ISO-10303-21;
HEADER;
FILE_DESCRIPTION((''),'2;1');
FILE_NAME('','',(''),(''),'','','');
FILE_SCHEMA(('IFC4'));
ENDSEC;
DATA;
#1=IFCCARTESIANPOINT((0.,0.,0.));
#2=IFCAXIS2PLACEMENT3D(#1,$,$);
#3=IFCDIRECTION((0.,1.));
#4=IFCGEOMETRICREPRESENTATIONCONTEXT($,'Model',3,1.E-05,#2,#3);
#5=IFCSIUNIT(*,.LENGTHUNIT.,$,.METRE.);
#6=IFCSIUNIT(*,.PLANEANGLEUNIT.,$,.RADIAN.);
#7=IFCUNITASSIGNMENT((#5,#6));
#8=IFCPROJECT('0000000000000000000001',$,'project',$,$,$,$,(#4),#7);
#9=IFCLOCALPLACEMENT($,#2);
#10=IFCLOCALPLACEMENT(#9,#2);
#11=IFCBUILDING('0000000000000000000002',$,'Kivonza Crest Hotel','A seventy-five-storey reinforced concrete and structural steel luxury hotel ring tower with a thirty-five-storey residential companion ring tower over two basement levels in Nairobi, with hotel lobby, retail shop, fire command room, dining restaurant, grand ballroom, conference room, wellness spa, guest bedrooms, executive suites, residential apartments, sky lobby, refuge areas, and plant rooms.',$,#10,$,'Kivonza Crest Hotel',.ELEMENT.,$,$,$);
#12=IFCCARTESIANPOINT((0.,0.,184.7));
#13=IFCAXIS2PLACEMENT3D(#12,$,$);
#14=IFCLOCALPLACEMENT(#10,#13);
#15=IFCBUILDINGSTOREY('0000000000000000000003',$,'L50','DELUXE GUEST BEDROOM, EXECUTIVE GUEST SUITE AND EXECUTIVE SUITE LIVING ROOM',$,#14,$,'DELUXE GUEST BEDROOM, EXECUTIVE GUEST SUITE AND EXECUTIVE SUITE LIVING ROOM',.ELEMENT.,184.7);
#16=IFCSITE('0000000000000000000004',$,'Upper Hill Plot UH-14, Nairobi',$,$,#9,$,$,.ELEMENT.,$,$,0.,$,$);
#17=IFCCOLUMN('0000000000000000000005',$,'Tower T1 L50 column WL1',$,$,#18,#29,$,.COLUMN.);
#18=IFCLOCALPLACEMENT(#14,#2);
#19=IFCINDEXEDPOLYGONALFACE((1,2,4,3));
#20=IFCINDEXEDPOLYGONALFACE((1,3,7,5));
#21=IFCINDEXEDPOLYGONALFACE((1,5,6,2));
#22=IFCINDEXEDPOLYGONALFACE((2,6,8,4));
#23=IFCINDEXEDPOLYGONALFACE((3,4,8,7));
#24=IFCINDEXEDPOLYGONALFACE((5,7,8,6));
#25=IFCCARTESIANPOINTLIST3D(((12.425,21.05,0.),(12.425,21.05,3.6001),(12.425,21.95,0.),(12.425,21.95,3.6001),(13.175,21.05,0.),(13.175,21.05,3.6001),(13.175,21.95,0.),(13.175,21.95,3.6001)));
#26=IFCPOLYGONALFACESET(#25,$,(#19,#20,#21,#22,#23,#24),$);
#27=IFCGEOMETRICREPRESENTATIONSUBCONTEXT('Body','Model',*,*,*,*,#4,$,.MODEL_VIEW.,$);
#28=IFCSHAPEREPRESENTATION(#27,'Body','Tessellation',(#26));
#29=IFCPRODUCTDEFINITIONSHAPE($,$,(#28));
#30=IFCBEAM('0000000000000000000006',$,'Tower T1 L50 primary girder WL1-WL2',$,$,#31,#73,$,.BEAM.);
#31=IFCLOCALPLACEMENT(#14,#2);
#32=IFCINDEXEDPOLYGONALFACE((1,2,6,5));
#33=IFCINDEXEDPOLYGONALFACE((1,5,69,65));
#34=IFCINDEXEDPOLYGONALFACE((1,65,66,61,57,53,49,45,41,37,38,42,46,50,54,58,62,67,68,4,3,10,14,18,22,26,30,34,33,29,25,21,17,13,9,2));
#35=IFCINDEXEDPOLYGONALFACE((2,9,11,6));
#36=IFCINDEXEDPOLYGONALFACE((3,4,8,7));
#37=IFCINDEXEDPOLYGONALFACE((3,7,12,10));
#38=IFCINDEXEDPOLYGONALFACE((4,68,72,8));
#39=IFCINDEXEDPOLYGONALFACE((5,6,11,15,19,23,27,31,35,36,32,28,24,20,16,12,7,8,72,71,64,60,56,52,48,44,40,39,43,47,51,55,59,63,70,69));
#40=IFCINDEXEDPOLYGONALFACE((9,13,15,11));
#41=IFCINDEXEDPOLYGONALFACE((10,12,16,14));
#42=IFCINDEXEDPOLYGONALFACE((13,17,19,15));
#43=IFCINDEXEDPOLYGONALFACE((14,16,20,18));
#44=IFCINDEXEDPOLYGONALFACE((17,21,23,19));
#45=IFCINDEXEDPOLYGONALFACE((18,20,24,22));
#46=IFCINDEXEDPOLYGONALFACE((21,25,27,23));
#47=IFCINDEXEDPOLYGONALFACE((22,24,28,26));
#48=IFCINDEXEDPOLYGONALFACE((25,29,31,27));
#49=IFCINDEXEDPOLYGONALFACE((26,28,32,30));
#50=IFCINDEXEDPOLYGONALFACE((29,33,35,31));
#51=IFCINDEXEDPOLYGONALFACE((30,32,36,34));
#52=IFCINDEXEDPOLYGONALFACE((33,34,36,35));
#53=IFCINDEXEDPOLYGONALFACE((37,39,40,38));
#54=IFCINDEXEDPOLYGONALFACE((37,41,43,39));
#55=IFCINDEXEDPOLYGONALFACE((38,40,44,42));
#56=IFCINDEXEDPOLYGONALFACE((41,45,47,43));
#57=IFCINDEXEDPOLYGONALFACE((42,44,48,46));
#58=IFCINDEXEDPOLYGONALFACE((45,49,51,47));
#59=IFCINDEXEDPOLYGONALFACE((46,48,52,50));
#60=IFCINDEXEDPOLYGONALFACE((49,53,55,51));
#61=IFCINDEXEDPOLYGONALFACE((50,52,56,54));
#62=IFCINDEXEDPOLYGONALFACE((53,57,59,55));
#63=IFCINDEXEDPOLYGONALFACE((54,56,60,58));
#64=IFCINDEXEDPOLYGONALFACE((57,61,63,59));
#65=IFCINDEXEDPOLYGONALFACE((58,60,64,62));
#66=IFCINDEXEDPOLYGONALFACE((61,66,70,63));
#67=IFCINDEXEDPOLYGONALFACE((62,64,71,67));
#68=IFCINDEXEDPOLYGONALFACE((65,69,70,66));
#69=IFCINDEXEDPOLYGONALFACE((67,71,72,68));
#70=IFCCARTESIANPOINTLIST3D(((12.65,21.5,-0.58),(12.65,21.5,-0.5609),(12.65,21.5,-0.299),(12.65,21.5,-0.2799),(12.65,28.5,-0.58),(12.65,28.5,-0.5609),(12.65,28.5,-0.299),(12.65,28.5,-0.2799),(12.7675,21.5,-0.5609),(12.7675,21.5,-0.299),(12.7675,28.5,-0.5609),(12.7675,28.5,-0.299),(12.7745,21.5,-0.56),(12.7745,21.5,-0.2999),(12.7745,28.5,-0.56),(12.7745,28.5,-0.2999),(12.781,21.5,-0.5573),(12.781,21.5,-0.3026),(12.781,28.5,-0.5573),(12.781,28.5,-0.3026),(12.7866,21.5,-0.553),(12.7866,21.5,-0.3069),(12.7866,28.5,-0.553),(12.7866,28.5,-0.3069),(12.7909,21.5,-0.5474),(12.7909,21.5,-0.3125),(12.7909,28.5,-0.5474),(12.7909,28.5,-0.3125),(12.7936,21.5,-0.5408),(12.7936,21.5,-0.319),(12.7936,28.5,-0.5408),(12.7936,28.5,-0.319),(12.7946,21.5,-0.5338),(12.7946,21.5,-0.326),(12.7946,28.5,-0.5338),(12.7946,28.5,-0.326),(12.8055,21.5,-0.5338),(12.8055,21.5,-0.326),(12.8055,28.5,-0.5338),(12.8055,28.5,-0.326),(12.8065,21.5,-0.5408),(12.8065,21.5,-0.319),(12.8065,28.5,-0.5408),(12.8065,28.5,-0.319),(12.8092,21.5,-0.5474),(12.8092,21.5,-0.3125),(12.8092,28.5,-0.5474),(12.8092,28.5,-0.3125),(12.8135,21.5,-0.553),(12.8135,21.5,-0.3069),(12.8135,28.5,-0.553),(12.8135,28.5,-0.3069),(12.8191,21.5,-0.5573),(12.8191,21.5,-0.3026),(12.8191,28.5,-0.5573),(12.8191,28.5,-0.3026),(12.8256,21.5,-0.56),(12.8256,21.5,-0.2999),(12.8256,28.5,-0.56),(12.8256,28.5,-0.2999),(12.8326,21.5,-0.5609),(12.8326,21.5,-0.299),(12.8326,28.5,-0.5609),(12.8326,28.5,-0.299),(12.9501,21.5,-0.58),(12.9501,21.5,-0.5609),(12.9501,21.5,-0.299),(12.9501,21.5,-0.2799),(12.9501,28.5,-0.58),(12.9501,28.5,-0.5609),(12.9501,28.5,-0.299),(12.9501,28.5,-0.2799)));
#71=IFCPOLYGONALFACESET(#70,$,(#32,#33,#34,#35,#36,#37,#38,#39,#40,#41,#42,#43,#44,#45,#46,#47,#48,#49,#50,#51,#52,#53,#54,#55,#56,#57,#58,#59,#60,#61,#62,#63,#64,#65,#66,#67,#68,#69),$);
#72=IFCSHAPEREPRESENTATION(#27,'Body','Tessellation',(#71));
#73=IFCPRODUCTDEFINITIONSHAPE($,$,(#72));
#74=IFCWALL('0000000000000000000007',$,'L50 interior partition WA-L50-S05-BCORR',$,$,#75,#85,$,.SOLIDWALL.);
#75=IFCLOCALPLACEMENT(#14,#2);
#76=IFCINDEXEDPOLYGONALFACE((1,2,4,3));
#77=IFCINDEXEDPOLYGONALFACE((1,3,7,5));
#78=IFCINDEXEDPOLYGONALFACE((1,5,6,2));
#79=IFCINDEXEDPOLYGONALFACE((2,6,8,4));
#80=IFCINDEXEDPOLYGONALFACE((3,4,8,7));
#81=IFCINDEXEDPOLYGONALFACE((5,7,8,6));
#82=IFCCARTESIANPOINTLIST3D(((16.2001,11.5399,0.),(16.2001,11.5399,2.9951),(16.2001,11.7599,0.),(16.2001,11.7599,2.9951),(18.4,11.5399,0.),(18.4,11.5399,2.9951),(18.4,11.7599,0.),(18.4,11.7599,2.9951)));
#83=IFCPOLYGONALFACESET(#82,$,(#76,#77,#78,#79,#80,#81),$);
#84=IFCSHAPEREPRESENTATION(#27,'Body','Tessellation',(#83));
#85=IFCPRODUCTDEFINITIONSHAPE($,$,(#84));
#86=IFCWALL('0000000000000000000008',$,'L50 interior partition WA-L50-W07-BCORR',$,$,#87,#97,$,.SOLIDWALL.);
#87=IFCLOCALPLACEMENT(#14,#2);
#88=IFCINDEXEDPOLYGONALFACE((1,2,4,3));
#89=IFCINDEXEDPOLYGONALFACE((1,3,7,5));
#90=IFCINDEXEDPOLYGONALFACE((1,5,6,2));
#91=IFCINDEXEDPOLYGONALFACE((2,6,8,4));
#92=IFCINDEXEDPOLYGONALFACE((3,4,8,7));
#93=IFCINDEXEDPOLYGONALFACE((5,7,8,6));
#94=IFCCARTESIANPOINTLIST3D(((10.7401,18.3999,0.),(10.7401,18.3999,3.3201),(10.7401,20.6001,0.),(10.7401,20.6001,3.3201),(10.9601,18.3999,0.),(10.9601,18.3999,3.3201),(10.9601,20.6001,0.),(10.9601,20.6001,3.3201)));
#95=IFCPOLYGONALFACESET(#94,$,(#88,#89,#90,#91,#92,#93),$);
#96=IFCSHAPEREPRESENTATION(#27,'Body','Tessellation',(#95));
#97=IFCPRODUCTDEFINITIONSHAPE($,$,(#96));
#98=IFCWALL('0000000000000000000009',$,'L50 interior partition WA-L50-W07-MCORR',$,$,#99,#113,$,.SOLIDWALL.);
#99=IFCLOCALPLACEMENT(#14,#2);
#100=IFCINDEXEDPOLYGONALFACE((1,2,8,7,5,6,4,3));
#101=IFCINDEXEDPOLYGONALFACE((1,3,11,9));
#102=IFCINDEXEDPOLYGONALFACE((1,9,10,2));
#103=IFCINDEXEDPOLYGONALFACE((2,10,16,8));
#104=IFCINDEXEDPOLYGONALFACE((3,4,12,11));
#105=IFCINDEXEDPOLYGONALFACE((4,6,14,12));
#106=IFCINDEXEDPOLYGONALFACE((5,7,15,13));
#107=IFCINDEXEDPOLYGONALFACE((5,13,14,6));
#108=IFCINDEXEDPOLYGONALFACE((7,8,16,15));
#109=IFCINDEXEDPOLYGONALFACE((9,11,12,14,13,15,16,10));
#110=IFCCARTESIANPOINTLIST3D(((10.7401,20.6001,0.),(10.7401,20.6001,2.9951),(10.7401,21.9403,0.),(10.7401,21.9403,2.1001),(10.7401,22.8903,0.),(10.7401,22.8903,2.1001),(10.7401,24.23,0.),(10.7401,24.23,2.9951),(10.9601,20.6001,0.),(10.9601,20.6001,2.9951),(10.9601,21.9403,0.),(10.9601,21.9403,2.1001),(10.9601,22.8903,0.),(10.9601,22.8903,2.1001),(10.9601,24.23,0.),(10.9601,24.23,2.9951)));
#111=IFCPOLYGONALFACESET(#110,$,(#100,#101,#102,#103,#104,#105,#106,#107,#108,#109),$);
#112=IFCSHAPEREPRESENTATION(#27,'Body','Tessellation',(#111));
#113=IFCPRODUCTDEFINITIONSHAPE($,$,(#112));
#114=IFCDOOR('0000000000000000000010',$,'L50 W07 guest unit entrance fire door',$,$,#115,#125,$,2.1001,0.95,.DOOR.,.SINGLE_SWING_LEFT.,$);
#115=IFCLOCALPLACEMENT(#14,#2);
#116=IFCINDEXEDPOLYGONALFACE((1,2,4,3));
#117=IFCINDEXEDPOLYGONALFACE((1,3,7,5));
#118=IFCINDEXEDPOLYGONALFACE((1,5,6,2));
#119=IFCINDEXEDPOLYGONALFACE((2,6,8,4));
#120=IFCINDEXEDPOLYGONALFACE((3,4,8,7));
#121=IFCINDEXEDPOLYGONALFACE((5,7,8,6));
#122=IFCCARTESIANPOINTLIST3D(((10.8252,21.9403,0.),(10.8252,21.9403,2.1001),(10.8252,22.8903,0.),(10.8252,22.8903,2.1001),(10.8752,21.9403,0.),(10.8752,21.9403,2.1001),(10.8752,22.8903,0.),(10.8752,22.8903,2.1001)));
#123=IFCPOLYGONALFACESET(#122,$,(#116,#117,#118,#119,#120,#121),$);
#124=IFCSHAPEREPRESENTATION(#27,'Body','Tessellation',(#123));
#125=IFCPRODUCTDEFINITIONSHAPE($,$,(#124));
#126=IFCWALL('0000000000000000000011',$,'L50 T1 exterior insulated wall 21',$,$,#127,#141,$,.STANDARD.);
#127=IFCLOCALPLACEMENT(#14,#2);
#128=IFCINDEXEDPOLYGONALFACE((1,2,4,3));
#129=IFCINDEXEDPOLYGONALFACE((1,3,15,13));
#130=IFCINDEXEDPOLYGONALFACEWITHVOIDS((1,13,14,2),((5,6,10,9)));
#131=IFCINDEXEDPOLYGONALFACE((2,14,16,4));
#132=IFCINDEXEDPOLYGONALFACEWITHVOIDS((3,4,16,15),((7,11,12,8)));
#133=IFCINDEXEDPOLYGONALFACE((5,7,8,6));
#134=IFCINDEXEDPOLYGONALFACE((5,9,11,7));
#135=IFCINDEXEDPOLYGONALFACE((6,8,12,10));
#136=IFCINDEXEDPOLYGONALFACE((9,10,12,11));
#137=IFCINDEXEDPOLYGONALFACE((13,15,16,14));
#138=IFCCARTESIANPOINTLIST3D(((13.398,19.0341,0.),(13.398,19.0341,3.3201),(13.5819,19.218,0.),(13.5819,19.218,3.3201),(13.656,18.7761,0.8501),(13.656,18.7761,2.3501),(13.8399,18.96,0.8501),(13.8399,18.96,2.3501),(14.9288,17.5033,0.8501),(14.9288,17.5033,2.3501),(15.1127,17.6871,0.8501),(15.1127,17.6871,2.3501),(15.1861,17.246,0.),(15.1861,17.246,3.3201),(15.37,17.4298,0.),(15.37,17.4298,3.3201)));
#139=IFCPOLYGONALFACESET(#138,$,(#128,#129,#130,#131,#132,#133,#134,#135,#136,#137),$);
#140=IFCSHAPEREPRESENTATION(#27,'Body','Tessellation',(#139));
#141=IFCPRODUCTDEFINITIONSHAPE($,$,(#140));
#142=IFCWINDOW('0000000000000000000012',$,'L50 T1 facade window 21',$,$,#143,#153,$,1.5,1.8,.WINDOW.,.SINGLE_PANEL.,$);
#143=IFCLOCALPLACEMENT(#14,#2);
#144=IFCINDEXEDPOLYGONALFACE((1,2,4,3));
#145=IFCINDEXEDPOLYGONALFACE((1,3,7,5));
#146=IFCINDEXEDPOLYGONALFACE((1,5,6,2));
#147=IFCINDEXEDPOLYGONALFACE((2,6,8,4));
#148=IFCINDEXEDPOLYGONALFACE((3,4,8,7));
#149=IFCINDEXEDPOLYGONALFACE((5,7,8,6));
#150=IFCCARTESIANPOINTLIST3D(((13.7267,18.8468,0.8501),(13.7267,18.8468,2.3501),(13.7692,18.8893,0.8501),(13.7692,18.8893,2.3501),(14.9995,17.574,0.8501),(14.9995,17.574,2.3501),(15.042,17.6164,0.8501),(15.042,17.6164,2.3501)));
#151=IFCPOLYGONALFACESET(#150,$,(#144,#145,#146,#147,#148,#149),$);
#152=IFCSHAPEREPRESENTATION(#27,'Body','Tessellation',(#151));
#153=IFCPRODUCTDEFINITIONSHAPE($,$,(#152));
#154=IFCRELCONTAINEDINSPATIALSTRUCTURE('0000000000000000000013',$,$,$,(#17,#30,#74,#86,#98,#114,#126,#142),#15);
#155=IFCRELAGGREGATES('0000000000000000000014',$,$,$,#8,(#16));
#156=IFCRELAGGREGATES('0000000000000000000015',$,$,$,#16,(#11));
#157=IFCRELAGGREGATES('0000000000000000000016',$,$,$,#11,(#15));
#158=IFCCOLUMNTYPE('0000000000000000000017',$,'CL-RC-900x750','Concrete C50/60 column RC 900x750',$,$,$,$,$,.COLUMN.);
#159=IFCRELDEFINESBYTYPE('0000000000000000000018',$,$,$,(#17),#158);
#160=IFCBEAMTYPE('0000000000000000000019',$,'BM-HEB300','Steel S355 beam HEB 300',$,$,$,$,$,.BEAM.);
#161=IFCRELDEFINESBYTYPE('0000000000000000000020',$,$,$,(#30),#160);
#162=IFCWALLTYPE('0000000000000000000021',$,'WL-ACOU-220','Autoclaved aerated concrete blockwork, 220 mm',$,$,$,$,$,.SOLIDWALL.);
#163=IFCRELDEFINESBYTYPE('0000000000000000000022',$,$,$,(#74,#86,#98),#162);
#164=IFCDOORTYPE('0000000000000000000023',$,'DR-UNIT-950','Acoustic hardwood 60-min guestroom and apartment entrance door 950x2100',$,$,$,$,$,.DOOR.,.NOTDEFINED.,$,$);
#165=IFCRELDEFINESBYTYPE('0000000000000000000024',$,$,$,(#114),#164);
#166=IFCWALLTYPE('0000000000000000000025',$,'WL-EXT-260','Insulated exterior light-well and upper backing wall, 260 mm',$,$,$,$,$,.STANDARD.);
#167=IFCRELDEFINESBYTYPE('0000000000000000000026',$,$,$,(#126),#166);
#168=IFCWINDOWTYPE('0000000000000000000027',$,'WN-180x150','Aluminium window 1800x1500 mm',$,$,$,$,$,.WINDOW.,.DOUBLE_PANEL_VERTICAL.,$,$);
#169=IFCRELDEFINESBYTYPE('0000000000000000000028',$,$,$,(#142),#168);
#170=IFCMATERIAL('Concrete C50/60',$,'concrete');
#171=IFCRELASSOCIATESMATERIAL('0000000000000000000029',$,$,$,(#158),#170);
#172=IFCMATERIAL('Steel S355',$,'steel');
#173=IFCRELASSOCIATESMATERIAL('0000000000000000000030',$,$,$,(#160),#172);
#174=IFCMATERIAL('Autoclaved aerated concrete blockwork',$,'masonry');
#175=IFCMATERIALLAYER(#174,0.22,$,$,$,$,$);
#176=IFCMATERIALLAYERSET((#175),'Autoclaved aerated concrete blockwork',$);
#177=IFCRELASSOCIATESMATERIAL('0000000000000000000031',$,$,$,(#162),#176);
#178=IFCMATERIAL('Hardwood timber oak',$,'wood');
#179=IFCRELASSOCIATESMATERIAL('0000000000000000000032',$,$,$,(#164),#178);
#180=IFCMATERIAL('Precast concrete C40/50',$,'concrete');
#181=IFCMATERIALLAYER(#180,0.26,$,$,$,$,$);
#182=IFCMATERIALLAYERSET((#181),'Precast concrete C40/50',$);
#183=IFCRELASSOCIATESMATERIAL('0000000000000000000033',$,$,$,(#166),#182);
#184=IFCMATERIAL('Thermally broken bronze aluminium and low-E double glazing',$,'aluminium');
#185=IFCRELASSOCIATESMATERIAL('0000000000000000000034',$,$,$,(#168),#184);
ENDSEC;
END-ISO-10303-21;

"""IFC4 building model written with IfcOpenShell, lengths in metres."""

from ifc_helpers import new_model, si_unit, direction, frame, frame_2d, origin, origin_2d, place, context, subcontext, project, spatial, rectangle, i_section, extrude, material, layer, layer_set, material_profile, profile_set, type_object, element, fill, save


model = new_model("IFC4")

# Units and contexts
model_context = context("Model", 3, precision=1e-05, world=origin(), true_north=direction((0.0, 1.0)))
body_context = subcontext(model_context, "Body", "Model", "MODEL_VIEW")
ifc_project = project(units=[si_unit("LENGTHUNIT", "METRE"), si_unit("PLANEANGLEUNIT", "RADIAN")], contexts=[model_context])

# Site, building, storey
site_placement = place(None, origin())
site = spatial("IfcSite", under=ifc_project, at=site_placement, Name="Upper Hill Plot UH-14, Nairobi", CompositionType="ELEMENT", RefElevation=0.0)
building_placement = place(site_placement, origin())
building = spatial("IfcBuilding", under=site, at=building_placement, Name="Kivonza Crest Hotel", Description="A seventy-five-storey reinforced concrete and structural steel luxury hotel ring tower with a thirty-five-storey residential companion ring tower over two basement levels in Nairobi, with hotel lobby, retail shop, fire command room, dining restaurant, grand ballroom, conference room, wellness spa, guest bedrooms, executive suites, residential apartments, sky lobby, refuge areas, and plant rooms.", LongName="Kivonza Crest Hotel", CompositionType="ELEMENT")
storey_placement = place(building_placement, frame((0.0, 0.0, 184.7)))
storey = spatial("IfcBuildingStorey", under=building, at=storey_placement, Name="L50", Description="DELUXE GUEST BEDROOM, EXECUTIVE GUEST SUITE AND EXECUTIVE SUITE LIVING ROOM", LongName="DELUXE GUEST BEDROOM, EXECUTIVE GUEST SUITE AND EXECUTIVE SUITE LIVING ROOM", CompositionType="ELEMENT", Elevation=184.7)

# Column
ifc_material_1 = material(Name="Concrete C50/60", Category="concrete")
ifc_material_profile_1 = material_profile(ifc_material_1, rectangle(XDim=0.75, YDim=0.8999, at=origin_2d()), Name="RC 900x750")
ifc_profile_set_1 = profile_set([ifc_material_profile_1], Name="Concrete C50/60")
column_type = type_object("IfcColumnType", Name="CL-RC-900x750", Description="Concrete C50/60 column RC 900x750", PredefinedType="COLUMN", material=ifc_profile_set_1)
column_placement = place(storey_placement, frame((12.8, 21.5, 0.0), z_axis=(0.0, 0.0, 1.0), x_axis=(1.0, 0.0, 0.0)))
element("IfcColumn", 1, at=column_placement, inside=storey, type_object=column_type, Name="Tower T1 L50 column WL1", PredefinedType="COLUMN", context=body_context, shape_type="SweptSolid", body=[
    extrude(rectangle(XDim=0.75, YDim=0.8999, at=origin_2d()), origin(), (0.0, 0.0, 1.0), 3.6001),
])

# Beam
ifc_material_2 = material(Name="Steel S355", Category="steel")
ifc_material_profile_2 = material_profile(ifc_material_2, i_section(OverallWidth=0.3, OverallDepth=0.3, WebThickness=0.011, FlangeThickness=0.019, FilletRadius=0.0271, at=origin_2d()), Name="HEB 300")
ifc_profile_set_2 = profile_set([ifc_material_profile_2], Name="Steel S355")
beam_type = type_object("IfcBeamType", Name="BM-HEB300", Description="Steel S355 beam HEB 300", PredefinedType="BEAM", material=ifc_profile_set_2)
beam_placement = place(storey_placement, frame((12.8, 21.5, -0.4299), z_axis=(0.0, 1.0, 0.0), x_axis=(-1.0, 0.0, 0.0)))
element("IfcBeam", 2, at=beam_placement, inside=storey, type_object=beam_type, Name="Tower T1 L50 primary girder WL1-WL2", PredefinedType="BEAM", context=body_context, shape_type="SweptSolid", body=[
    extrude(i_section(OverallWidth=0.3, OverallDepth=0.3, WebThickness=0.011, FlangeThickness=0.019, FilletRadius=0.0271, at=origin_2d()), origin(), (0.0, 0.0, 1.0), 7.0),
])

# Walls
ifc_material_3 = material(Name="Autoclaved aerated concrete blockwork", Category="masonry")
ifc_layer_1 = layer(ifc_material_3, 0.22)
ifc_layer_set_1 = layer_set([ifc_layer_1], Name="Autoclaved aerated concrete blockwork")
wall_type_1 = type_object("IfcWallType", Name="WL-ACOU-220", Description="Autoclaved aerated concrete blockwork, 220 mm", PredefinedType="SOLIDWALL", material=ifc_layer_set_1)
wall_1_placement = place(storey_placement, frame((16.2, 11.6499, 0.0), z_axis=(0.0, 0.0, 1.0), x_axis=(1.0, 0.0, 0.0)))
element("IfcWall", 3, at=wall_1_placement, inside=storey, type_object=wall_type_1, Name="L50 interior partition WA-L50-S05-BCORR", PredefinedType="SOLIDWALL", context=body_context, shape_type="SweptSolid", body=[
    extrude(rectangle(XDim=2.2, YDim=0.22, at=frame_2d((1.1001, 0.0))), origin(), (0.0, 0.0, 1.0), 2.9951),
])
wall_2_placement = place(storey_placement, frame((10.8501, 18.3999, 0.0), z_axis=(0.0, 0.0, 1.0), x_axis=(0.0, 1.0, 0.0)))
element("IfcWall", 4, at=wall_2_placement, inside=storey, type_object=wall_type_1, Name="L50 interior partition WA-L50-W07-BCORR", PredefinedType="SOLIDWALL", context=body_context, shape_type="SweptSolid", body=[
    extrude(rectangle(XDim=2.2002, YDim=0.22, at=frame_2d((1.1001, 0.0))), origin(), (0.0, 0.0, 1.0), 3.3201),
])

# Wall, opening, door
wall_3_placement = place(storey_placement, frame((10.8501, 20.6001, 0.0), z_axis=(0.0, 0.0, 1.0), x_axis=(0.0, 1.0, 0.0)))
wall_3 = element("IfcWall", 5, at=wall_3_placement, inside=storey, type_object=wall_type_1, Name="L50 interior partition WA-L50-W07-MCORR", PredefinedType="SOLIDWALL", context=body_context, shape_type="SweptSolid", body=[
    extrude(rectangle(XDim=3.6299, YDim=0.22, at=frame_2d((1.8149, 0.0))), origin(), (0.0, 0.0, 1.0), 2.9951),
])
opening_1_placement = place(wall_3_placement, frame((1.3401, 0.0, 0.0)))
opening_1 = element("IfcOpeningElement", 6, at=opening_1_placement, cuts=wall_3, PredefinedType="OPENING", context=body_context, shape_type="SweptSolid", body=[
    extrude(rectangle(XDim=0.95, YDim=2.1001, at=frame_2d((0.4751, 1.05))), frame((0.0, 0.1201, 0.0), z_axis=(0.0, -1.0, 0.0), x_axis=(1.0, 0.0, 0.0)), (0.0, 0.0, 1.0), 0.24),
])
ifc_material_4 = material(Name="Hardwood timber oak", Category="wood")
door_type_1 = type_object("IfcDoorType", Name="DR-UNIT-950", Description="Acoustic hardwood 60-min guestroom and apartment entrance door 950x2100", OperationType="NOTDEFINED", PredefinedType="DOOR", material=ifc_material_4)
door_1_placement = place(opening_1_placement, origin())
door_1 = element("IfcDoor", 7, at=door_1_placement, inside=storey, type_object=door_type_1, Name="L50 W07 guest unit entrance fire door", OperationType="SINGLE_SWING_LEFT", OverallHeight=2.1001, OverallWidth=0.95, PredefinedType="DOOR", context=body_context, shape_type="SweptSolid", body=[
    extrude(rectangle(XDim=0.95, YDim=2.1001, at=frame_2d((0.4751, 1.05))), frame((0.0, 0.0249, 0.0), z_axis=(0.0, -1.0, 0.0), x_axis=(1.0, 0.0, 0.0)), (0.0, 0.0, 1.0), 0.05),
])
fill(opening_1, door_1)

# Wall, opening, window
ifc_material_5 = material(Name="Precast concrete C40/50", Category="concrete")
ifc_layer_2 = layer(ifc_material_5, 0.26)
ifc_layer_set_2 = layer_set([ifc_layer_2], Name="Precast concrete C40/50")
wall_type_2 = type_object("IfcWallType", Name="WL-EXT-260", Description="Insulated exterior light-well and upper backing wall, 260 mm", PredefinedType="STANDARD", material=ifc_layer_set_2)
wall_4_placement = place(storey_placement, frame((15.2781, 17.3379, 0.0), z_axis=(0.0, 0.0, 1.0), x_axis=(-0.707107, 0.707107, 0.0)))
wall_4 = element("IfcWall", 8, at=wall_4_placement, inside=storey, type_object=wall_type_2, Name="L50 T1 exterior insulated wall 21", PredefinedType="STANDARD", context=body_context, shape_type="SweptSolid", body=[
    extrude(rectangle(XDim=2.5288, YDim=0.26, at=frame_2d((1.2644, 0.0))), origin(), (0.0, 0.0, 1.0), 3.3201),
])
opening_2_placement = place(wall_4_placement, frame((0.364, 0.0, 0.8501)))
opening_2 = element("IfcOpeningElement", 9, at=opening_2_placement, cuts=wall_4, PredefinedType="OPENING", context=body_context, shape_type="SweptSolid", body=[
    extrude(rectangle(XDim=1.8, YDim=1.5, at=frame_2d((0.8999, 0.75))), frame((0.0, 0.1401, 0.0), z_axis=(0.0, -1.0, 0.0), x_axis=(1.0, 0.0, 0.0)), (0.0, 0.0, 1.0), 0.28),
])
ifc_material_6 = material(Name="Thermally broken bronze aluminium and low-E double glazing", Category="aluminium")
window_type_1 = type_object("IfcWindowType", Name="WN-180x150", Description="Aluminium window 1800x1500 mm", PartitioningType="DOUBLE_PANEL_VERTICAL", PredefinedType="WINDOW", material=ifc_material_6)
window_1_placement = place(opening_2_placement, origin())
window_1 = element("IfcWindow", 10, at=window_1_placement, inside=storey, type_object=window_type_1, Name="L50 T1 facade window 21", OverallHeight=1.5, OverallWidth=1.8, PartitioningType="SINGLE_PANEL", PredefinedType="WINDOW", context=body_context, shape_type="SweptSolid", body=[
    extrude(rectangle(XDim=1.8, YDim=1.5, at=frame_2d((0.8999, 0.75))), frame((0.0, 0.03, 0.0), z_axis=(0.0, -1.0, 0.0), x_axis=(1.0, 0.0, 0.0)), (0.0, 0.0, 1.0), 0.0601),
])
fill(opening_2, window_1)

save(model, "model.ifc")
